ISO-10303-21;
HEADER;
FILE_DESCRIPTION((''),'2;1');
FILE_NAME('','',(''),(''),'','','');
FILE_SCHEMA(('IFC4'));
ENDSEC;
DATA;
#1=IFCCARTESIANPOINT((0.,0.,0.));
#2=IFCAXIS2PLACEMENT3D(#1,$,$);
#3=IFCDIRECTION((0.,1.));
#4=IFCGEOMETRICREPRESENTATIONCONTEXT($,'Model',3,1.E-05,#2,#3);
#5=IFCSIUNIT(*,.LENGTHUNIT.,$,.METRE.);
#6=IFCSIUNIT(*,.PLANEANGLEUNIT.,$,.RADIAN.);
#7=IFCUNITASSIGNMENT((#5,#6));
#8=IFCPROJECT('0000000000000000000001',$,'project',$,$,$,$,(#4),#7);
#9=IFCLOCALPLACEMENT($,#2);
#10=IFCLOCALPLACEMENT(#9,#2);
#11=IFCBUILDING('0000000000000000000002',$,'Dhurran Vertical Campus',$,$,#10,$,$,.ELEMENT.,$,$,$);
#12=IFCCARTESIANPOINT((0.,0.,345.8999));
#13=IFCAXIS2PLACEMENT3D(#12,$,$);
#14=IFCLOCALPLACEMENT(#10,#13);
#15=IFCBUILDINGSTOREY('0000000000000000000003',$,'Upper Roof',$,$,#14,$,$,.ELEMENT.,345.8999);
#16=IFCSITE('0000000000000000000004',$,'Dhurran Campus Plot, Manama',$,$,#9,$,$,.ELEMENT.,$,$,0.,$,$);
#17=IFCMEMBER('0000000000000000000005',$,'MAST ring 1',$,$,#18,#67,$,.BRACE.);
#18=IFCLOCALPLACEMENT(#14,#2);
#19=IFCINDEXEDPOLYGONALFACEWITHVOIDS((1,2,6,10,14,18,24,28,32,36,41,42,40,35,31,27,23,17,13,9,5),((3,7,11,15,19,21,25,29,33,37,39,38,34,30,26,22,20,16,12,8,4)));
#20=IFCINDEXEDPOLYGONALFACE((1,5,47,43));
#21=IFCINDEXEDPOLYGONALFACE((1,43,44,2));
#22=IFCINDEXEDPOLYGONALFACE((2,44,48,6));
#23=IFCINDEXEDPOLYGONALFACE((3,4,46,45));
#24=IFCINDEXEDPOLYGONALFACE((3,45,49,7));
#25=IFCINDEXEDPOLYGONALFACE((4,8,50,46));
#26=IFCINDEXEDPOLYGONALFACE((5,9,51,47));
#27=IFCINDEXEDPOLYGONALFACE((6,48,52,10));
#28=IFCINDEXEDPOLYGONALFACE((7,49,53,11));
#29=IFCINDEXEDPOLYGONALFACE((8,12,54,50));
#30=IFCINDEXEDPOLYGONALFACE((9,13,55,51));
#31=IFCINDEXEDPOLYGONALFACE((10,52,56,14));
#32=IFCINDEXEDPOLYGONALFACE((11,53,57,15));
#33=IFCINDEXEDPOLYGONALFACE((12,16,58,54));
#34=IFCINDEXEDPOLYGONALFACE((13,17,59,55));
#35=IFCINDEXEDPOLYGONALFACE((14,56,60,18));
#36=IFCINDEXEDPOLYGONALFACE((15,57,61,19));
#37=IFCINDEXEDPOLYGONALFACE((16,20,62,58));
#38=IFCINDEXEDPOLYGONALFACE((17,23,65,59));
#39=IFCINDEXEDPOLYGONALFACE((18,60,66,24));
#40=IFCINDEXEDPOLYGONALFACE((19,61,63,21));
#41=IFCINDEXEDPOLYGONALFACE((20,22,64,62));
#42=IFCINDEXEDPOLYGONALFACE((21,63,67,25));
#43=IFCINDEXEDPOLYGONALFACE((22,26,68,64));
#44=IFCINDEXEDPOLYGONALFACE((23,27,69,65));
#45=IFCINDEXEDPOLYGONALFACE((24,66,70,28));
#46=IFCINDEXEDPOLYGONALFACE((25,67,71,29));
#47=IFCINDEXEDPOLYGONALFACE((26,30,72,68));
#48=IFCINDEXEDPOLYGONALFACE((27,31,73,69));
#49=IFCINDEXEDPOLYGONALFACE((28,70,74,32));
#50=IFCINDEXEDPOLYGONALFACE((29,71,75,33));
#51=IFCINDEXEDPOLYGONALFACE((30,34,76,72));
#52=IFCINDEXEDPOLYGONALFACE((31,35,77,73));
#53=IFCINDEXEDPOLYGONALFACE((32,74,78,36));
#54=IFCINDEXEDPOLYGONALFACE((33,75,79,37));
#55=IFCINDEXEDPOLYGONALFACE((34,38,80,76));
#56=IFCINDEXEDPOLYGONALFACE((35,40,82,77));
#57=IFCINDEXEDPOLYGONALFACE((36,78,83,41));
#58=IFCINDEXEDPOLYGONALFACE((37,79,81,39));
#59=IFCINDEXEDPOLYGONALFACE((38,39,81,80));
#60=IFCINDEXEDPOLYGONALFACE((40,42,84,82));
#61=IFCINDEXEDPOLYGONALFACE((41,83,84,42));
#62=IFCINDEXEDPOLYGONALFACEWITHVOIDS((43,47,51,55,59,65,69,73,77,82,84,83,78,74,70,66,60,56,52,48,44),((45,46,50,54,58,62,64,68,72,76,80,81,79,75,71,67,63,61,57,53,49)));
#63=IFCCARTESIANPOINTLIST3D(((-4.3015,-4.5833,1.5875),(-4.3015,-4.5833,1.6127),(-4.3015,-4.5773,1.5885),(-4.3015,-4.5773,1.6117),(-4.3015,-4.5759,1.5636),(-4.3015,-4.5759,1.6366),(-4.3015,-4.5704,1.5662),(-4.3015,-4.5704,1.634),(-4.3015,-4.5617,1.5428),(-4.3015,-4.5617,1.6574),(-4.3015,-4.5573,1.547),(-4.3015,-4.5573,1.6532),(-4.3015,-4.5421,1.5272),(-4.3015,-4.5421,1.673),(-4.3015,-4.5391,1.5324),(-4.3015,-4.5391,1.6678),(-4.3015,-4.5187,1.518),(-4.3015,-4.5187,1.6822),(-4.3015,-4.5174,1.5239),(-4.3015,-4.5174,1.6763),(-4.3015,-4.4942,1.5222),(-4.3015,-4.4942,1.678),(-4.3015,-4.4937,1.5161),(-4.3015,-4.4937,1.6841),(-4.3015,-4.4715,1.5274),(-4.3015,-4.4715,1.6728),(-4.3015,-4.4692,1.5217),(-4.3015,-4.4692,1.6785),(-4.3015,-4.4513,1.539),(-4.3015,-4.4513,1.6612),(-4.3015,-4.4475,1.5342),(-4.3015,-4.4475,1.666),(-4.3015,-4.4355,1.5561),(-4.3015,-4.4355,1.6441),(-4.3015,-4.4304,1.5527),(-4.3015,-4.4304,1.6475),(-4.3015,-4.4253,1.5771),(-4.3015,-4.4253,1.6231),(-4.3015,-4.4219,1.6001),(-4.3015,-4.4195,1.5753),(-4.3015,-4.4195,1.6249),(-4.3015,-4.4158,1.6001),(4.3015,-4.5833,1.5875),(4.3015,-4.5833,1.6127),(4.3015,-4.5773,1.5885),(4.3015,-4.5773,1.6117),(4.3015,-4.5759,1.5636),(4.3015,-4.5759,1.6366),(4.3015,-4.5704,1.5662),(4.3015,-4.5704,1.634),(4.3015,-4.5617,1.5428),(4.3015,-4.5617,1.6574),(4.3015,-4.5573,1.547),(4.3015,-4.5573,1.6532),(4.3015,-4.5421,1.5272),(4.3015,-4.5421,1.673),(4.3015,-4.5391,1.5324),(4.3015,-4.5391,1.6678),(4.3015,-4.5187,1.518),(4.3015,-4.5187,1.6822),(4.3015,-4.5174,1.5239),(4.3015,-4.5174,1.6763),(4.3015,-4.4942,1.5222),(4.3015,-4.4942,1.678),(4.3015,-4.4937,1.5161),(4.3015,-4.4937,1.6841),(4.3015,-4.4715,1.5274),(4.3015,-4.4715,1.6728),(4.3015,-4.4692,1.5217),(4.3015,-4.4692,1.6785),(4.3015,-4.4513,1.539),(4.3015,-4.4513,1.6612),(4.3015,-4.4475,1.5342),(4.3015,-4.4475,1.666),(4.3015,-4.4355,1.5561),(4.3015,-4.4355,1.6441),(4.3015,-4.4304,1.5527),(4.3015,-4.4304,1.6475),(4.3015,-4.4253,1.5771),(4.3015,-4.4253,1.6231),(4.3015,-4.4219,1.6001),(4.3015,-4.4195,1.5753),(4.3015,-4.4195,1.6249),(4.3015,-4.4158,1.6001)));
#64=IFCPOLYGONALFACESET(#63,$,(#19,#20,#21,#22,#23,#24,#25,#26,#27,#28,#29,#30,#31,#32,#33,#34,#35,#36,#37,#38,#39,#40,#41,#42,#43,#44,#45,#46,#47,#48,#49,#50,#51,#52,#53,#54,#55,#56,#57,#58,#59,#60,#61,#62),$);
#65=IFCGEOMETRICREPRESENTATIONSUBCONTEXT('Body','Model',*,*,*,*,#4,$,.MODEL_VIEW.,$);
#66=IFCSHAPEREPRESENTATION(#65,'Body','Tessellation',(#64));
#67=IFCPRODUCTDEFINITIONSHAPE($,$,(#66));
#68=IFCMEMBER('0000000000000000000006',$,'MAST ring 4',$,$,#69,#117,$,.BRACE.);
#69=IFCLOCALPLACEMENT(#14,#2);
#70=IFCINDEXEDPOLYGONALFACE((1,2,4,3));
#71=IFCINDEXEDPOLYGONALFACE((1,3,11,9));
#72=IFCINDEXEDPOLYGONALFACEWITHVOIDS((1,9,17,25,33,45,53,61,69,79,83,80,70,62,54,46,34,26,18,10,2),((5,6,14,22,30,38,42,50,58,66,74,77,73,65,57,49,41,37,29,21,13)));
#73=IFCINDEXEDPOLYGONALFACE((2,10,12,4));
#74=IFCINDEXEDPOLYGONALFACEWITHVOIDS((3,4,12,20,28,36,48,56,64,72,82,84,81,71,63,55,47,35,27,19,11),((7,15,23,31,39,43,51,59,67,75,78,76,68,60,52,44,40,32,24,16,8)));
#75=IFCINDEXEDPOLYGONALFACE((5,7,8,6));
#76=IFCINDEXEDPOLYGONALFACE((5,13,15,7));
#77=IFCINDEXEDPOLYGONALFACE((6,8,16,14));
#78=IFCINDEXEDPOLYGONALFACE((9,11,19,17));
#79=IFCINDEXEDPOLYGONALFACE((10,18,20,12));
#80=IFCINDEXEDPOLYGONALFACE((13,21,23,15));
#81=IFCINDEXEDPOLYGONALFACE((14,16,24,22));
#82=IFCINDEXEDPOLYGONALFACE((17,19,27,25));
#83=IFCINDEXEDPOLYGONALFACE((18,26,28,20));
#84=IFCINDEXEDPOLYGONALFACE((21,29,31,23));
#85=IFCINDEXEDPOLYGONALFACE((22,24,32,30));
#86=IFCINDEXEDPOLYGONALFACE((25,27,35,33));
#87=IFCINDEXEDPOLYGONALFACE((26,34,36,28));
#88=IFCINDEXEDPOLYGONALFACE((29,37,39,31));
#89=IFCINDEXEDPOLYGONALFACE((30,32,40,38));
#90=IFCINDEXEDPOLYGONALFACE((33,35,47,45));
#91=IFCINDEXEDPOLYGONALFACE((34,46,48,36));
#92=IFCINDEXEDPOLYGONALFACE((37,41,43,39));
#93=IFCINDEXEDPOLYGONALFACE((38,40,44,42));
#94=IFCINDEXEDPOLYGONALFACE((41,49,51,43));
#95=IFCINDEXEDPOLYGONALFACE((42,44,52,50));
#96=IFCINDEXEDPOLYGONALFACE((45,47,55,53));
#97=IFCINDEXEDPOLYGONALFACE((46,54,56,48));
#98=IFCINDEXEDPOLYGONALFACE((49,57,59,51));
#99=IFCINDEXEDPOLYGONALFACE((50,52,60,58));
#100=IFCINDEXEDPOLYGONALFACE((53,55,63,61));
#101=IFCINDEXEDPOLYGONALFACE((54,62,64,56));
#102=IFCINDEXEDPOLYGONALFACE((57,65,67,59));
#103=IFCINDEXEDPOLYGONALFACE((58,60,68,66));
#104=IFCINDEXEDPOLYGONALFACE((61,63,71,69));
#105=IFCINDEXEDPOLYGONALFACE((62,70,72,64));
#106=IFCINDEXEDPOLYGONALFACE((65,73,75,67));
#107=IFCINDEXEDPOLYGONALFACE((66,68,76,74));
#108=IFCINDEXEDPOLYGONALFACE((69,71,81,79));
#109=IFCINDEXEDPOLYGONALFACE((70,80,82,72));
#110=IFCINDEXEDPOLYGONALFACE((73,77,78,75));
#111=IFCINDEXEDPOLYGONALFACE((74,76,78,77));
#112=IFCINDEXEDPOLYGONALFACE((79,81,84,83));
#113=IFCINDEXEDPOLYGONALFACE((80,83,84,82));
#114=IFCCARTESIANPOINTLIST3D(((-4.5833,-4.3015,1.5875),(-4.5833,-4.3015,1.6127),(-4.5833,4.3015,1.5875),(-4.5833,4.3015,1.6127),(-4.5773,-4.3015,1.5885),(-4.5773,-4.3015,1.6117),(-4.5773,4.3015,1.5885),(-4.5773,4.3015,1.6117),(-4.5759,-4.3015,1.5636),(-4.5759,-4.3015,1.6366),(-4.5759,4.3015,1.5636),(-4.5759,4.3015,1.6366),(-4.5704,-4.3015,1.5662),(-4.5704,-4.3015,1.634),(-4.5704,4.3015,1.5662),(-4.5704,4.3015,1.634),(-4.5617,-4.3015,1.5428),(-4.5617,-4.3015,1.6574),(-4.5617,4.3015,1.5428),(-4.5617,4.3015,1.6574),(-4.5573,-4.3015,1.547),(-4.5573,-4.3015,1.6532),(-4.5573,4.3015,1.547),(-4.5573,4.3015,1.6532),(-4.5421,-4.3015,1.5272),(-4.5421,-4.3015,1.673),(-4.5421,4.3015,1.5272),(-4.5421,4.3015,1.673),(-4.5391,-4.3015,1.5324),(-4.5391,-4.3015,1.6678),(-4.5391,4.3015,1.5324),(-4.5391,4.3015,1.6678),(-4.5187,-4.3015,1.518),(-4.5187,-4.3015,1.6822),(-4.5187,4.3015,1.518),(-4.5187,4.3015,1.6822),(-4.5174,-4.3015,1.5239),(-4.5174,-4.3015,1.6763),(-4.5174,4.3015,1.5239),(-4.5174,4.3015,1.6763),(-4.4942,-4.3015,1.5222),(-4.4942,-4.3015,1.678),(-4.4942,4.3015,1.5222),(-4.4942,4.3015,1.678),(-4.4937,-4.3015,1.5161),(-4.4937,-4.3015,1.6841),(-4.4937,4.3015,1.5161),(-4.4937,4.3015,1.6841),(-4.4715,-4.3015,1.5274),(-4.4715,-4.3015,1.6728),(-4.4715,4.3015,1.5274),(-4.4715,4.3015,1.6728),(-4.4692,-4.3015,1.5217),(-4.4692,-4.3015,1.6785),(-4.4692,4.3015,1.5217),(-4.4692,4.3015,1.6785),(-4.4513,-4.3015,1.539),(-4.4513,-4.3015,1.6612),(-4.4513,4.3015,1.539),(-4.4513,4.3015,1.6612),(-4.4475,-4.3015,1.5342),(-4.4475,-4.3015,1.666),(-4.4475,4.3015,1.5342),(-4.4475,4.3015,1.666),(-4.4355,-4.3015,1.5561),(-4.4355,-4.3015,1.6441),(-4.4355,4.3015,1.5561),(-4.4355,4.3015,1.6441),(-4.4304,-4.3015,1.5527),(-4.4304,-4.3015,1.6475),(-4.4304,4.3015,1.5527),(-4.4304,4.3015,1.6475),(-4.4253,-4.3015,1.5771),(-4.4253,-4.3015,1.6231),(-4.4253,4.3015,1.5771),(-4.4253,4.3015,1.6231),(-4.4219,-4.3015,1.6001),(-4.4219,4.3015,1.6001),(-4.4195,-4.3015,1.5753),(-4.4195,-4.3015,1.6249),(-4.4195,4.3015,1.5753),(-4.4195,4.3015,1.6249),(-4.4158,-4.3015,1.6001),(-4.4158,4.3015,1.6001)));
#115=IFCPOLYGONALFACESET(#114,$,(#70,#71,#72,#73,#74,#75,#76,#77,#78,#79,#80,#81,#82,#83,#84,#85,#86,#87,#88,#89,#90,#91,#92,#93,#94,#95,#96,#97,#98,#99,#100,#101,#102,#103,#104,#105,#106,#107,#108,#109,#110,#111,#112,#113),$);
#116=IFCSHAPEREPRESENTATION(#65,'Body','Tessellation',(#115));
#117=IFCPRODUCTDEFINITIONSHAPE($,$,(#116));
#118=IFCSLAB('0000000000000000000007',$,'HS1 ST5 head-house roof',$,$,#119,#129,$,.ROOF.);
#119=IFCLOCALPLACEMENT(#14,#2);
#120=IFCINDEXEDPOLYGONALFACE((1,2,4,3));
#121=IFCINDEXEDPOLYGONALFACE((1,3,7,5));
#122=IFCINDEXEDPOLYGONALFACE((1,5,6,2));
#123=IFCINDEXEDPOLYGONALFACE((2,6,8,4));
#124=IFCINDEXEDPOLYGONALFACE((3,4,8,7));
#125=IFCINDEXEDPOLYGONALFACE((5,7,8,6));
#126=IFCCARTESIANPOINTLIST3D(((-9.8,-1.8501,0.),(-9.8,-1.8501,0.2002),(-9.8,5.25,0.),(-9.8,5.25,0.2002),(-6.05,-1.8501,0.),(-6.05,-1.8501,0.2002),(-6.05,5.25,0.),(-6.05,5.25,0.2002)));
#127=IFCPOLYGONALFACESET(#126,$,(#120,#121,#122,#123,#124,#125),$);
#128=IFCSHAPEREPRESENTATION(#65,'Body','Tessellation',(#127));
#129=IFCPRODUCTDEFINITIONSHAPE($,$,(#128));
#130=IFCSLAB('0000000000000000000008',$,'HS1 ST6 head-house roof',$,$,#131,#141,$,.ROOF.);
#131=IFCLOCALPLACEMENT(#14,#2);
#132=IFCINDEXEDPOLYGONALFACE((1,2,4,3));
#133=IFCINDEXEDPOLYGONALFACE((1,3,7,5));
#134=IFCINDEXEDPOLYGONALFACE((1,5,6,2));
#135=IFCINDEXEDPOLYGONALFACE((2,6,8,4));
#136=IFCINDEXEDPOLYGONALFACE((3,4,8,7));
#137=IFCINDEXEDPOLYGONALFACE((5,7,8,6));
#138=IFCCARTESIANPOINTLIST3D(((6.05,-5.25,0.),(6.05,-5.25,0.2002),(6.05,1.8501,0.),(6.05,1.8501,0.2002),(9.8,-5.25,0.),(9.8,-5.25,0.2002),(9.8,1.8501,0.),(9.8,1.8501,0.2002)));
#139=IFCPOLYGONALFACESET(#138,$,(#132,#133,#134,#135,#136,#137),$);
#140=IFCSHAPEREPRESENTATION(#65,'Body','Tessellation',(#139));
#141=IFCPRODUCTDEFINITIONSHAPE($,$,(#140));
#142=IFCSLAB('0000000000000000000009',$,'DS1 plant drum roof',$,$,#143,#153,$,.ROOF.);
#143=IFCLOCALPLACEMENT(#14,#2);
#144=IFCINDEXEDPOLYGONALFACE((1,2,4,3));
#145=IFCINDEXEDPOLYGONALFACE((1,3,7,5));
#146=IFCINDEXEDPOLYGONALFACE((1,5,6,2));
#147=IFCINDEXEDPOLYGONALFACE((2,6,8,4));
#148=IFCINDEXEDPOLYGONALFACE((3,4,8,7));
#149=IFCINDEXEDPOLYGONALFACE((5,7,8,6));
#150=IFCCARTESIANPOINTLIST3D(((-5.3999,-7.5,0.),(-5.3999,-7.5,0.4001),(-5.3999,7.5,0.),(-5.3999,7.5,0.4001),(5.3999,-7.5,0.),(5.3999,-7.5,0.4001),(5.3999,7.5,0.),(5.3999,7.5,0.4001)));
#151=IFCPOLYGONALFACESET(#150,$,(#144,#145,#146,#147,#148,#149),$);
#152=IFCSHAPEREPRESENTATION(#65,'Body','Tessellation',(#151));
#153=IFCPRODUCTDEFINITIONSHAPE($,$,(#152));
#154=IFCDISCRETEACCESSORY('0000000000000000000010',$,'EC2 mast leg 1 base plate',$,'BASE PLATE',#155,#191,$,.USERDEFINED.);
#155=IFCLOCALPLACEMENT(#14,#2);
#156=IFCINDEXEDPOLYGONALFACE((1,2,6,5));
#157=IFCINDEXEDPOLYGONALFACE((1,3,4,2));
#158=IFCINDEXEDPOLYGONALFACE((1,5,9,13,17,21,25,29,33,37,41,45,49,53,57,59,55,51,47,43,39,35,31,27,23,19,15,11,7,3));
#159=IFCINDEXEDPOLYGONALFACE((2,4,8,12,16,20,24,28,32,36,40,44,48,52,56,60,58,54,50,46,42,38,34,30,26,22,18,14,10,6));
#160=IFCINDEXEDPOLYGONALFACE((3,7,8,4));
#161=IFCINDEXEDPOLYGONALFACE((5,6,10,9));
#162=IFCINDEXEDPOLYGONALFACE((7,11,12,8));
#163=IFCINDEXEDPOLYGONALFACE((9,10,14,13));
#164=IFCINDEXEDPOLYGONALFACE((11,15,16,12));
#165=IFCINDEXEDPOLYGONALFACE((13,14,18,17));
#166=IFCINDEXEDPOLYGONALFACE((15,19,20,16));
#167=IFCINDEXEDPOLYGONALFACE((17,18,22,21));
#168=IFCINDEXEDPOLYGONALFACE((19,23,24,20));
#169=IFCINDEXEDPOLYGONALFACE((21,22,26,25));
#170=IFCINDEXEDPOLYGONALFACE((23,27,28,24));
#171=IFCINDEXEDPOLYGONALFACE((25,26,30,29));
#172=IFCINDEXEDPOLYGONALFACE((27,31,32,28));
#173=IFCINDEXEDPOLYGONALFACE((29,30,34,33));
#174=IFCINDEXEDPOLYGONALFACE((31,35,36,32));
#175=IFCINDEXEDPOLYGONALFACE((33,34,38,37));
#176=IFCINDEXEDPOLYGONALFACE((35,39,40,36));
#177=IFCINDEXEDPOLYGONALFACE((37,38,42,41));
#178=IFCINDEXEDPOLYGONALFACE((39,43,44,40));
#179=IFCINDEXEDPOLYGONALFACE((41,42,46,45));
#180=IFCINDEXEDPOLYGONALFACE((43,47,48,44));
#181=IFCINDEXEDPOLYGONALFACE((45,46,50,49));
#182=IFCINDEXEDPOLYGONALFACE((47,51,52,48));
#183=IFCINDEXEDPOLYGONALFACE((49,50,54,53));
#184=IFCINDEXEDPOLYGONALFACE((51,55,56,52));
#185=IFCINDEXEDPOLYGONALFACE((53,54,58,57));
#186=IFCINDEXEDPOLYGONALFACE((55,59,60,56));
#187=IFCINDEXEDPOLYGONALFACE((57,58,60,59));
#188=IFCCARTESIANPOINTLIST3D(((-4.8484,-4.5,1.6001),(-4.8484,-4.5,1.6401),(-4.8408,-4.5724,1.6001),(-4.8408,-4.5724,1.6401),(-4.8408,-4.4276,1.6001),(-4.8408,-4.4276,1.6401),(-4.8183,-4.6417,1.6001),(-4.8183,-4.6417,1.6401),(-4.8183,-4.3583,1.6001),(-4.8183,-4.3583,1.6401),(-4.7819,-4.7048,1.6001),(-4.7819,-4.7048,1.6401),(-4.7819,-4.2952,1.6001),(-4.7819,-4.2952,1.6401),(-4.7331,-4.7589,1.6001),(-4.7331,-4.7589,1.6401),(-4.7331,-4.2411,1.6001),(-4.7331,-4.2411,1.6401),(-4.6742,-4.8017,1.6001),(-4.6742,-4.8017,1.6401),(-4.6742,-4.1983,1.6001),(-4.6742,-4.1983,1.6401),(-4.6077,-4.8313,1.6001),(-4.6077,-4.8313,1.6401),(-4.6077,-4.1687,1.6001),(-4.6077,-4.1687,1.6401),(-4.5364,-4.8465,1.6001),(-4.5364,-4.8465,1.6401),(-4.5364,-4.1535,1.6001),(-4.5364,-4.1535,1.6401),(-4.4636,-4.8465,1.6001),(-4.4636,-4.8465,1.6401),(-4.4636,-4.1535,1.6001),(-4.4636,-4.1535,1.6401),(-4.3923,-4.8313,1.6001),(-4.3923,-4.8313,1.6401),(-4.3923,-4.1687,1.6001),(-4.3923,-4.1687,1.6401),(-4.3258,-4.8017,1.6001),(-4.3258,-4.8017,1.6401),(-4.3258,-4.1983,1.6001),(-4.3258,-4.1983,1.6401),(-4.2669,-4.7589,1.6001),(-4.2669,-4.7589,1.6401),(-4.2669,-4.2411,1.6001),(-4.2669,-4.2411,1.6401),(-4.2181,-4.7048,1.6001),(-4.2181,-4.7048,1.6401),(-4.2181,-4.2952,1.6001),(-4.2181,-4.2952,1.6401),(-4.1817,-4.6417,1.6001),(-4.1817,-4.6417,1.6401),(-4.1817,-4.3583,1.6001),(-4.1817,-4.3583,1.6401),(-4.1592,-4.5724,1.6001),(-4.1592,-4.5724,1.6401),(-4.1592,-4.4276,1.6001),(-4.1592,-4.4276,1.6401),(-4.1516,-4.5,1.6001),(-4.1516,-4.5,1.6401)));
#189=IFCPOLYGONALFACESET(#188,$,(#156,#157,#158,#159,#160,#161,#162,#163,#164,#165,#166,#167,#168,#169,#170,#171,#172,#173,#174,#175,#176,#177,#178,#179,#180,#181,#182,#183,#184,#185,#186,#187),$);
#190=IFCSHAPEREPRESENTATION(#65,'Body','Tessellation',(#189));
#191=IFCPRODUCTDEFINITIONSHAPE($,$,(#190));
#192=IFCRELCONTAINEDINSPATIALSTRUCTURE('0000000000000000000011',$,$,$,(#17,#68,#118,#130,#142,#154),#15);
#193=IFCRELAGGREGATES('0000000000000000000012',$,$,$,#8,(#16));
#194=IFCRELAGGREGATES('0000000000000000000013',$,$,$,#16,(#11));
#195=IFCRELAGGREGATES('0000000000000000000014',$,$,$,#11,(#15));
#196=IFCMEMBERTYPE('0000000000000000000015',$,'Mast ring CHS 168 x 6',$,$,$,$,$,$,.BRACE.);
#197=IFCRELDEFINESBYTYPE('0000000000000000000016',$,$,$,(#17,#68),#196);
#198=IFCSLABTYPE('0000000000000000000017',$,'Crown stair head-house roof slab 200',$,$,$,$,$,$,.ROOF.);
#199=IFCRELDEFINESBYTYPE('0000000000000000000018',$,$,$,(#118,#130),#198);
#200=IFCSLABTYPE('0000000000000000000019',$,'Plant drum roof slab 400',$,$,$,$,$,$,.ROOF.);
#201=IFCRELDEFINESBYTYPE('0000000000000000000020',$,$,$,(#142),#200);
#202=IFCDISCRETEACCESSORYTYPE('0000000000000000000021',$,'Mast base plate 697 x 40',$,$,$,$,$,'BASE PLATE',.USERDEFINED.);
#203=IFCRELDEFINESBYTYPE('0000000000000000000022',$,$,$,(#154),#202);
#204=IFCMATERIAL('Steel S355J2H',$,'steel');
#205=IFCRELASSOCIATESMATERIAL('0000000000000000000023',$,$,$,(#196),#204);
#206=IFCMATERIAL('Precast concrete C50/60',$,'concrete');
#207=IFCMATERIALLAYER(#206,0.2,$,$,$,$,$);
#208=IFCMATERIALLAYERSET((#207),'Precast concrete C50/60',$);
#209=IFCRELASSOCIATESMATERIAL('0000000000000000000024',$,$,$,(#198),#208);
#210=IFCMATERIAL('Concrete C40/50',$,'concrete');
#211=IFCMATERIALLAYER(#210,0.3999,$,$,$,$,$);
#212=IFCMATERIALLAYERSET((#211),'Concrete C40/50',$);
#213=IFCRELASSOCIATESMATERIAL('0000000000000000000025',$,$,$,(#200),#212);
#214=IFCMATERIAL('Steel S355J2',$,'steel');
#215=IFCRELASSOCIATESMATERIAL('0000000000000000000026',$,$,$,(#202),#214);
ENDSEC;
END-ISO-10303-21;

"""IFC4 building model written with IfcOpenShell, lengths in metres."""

from ifc_helpers import new_model, si_unit, direction, frame, origin, origin_2d, place, context, subcontext, project, spatial, polyline, circle, hollow_circle, outline, extrude, material, layer, layer_set, material_profile, profile_set, type_object, element, save


model = new_model("IFC4")

# Units and contexts
model_context = context("Model", 3, precision=1e-05, world=origin(), true_north=direction((0.0, 1.0)))
body_context = subcontext(model_context, "Body", "Model", "MODEL_VIEW")
ifc_project = project(units=[si_unit("LENGTHUNIT", "METRE"), si_unit("PLANEANGLEUNIT", "RADIAN")], contexts=[model_context])

# Site, building, storey
site_placement = place(None, origin())
site = spatial("IfcSite", under=ifc_project, at=site_placement, Name="Dhurran Campus Plot, Manama", CompositionType="ELEMENT", RefElevation=0.0)
building_placement = place(site_placement, origin())
building = spatial("IfcBuilding", under=site, at=building_placement, Name="Dhurran Vertical Campus", CompositionType="ELEMENT")
storey_placement = place(building_placement, frame((0.0, 0.0, 345.8999)))
storey = spatial("IfcBuildingStorey", under=building, at=storey_placement, Name="Upper Roof", CompositionType="ELEMENT", Elevation=345.8999)

# Members
ifc_material_1 = material(Name="Steel S355J2H", Category="steel")
ifc_material_profile_1 = material_profile(ifc_material_1, hollow_circle(Radius=0.0842, WallThickness=0.0061, at=origin_2d()), Name="CHS168x6")
ifc_profile_set_1 = profile_set([ifc_material_profile_1], Name="Steel S355J2H")
member_type_1 = type_object("IfcMemberType", Name="Mast ring CHS 168 x 6", PredefinedType="BRACE", material=ifc_profile_set_1)
for number, where, z_axis, x_axis, name in (
    (1, (-4.3015, -4.5, 1.6001), (1.0, 0.0, 0.0), (0.0, 1.0, 0.0), "MAST ring 1"),
    (2, (-4.5, 4.3015, 1.6001), (0.0, -1.0, 0.0), (1.0, 0.0, 0.0), "MAST ring 4"),
):
    element("IfcMember", number, at=place(storey_placement, frame(where, z_axis=z_axis, x_axis=x_axis)), inside=storey, type_object=member_type_1, Name=name, PredefinedType="BRACE", context=body_context, shape_type="SweptSolid", body=[
        extrude(hollow_circle(Radius=0.0842, WallThickness=0.0061, at=origin_2d()), origin(), (0.0, 0.0, 1.0), 8.603),
    ])

# Slabs
ifc_material_2 = material(Name="Precast concrete C50/60", Category="concrete")
ifc_layer_1 = layer(ifc_material_2, 0.2)
ifc_layer_set_1 = layer_set([ifc_layer_1], Name="Precast concrete C50/60")
slab_type_1 = type_object("IfcSlabType", Name="Crown stair head-house roof slab 200", PredefinedType="ROOF", material=ifc_layer_set_1)
slab_1_placement = place(storey_placement, origin())
element("IfcSlab", 3, at=slab_1_placement, inside=storey, type_object=slab_type_1, Name="HS1 ST5 head-house roof", PredefinedType="ROOF", context=body_context, shape_type="SweptSolid", body=[
    extrude(outline(polyline([(-9.8, -1.8501), (-6.05, -1.8501), (-6.05, 5.25), (-9.8, 5.25), (-9.8, -1.8501)])), origin(), (0.0, 0.0, 1.0), 0.2002),
])
slab_2_placement = place(storey_placement, origin())
element("IfcSlab", 4, at=slab_2_placement, inside=storey, type_object=slab_type_1, Name="HS1 ST6 head-house roof", PredefinedType="ROOF", context=body_context, shape_type="SweptSolid", body=[
    extrude(outline(polyline([(6.05, -5.25), (9.8, -5.25), (9.8, 1.8501), (6.05, 1.8501), (6.05, -5.25)])), origin(), (0.0, 0.0, 1.0), 0.2002),
])
ifc_material_3 = material(Name="Concrete C40/50", Category="concrete")
ifc_layer_2 = layer(ifc_material_3, 0.3999)
ifc_layer_set_2 = layer_set([ifc_layer_2], Name="Concrete C40/50")
slab_type_2 = type_object("IfcSlabType", Name="Plant drum roof slab 400", PredefinedType="ROOF", material=ifc_layer_set_2)
slab_3_placement = place(storey_placement, origin())
element("IfcSlab", 5, at=slab_3_placement, inside=storey, type_object=slab_type_2, Name="DS1 plant drum roof", PredefinedType="ROOF", context=body_context, shape_type="SweptSolid", body=[
    extrude(outline(polyline([(-5.3999, -7.5), (5.3999, -7.5), (5.3999, 7.5), (-5.3999, 7.5), (-5.3999, -7.5)])), origin(), (0.0, 0.0, 1.0), 0.4001),
])

# Discrete accessory
ifc_material_4 = material(Name="Steel S355J2", Category="steel")
ifc_material_profile_2 = material_profile(ifc_material_4, circle(Radius=0.3484, at=origin_2d()), Name="Mast base plate 697 x 40")
ifc_profile_set_2 = profile_set([ifc_material_profile_2], Name="Steel S355J2")
discrete_accessory_type_1 = type_object("IfcDiscreteAccessoryType", Name="Mast base plate 697 x 40", ElementType="BASE PLATE", PredefinedType="USERDEFINED", material=ifc_profile_set_2)
for number, where, z_axis, x_axis, name in (
    (6, (-4.5, -4.5, 1.6001), (0.0, 0.0, 1.0), (1.0, 0.0, 0.0), "EC2 mast leg 1 base plate"),
):
    element("IfcDiscreteAccessory", number, at=place(storey_placement, frame(where, z_axis=z_axis, x_axis=x_axis)), inside=storey, type_object=discrete_accessory_type_1, Name=name, ObjectType="BASE PLATE", PredefinedType="USERDEFINED", context=body_context, shape_type="SweptSolid", body=[
        extrude(circle(Radius=0.3484, at=origin_2d()), origin(), (0.0, 0.0, 1.0), 0.04),
    ])

save(model, "model.ifc")
